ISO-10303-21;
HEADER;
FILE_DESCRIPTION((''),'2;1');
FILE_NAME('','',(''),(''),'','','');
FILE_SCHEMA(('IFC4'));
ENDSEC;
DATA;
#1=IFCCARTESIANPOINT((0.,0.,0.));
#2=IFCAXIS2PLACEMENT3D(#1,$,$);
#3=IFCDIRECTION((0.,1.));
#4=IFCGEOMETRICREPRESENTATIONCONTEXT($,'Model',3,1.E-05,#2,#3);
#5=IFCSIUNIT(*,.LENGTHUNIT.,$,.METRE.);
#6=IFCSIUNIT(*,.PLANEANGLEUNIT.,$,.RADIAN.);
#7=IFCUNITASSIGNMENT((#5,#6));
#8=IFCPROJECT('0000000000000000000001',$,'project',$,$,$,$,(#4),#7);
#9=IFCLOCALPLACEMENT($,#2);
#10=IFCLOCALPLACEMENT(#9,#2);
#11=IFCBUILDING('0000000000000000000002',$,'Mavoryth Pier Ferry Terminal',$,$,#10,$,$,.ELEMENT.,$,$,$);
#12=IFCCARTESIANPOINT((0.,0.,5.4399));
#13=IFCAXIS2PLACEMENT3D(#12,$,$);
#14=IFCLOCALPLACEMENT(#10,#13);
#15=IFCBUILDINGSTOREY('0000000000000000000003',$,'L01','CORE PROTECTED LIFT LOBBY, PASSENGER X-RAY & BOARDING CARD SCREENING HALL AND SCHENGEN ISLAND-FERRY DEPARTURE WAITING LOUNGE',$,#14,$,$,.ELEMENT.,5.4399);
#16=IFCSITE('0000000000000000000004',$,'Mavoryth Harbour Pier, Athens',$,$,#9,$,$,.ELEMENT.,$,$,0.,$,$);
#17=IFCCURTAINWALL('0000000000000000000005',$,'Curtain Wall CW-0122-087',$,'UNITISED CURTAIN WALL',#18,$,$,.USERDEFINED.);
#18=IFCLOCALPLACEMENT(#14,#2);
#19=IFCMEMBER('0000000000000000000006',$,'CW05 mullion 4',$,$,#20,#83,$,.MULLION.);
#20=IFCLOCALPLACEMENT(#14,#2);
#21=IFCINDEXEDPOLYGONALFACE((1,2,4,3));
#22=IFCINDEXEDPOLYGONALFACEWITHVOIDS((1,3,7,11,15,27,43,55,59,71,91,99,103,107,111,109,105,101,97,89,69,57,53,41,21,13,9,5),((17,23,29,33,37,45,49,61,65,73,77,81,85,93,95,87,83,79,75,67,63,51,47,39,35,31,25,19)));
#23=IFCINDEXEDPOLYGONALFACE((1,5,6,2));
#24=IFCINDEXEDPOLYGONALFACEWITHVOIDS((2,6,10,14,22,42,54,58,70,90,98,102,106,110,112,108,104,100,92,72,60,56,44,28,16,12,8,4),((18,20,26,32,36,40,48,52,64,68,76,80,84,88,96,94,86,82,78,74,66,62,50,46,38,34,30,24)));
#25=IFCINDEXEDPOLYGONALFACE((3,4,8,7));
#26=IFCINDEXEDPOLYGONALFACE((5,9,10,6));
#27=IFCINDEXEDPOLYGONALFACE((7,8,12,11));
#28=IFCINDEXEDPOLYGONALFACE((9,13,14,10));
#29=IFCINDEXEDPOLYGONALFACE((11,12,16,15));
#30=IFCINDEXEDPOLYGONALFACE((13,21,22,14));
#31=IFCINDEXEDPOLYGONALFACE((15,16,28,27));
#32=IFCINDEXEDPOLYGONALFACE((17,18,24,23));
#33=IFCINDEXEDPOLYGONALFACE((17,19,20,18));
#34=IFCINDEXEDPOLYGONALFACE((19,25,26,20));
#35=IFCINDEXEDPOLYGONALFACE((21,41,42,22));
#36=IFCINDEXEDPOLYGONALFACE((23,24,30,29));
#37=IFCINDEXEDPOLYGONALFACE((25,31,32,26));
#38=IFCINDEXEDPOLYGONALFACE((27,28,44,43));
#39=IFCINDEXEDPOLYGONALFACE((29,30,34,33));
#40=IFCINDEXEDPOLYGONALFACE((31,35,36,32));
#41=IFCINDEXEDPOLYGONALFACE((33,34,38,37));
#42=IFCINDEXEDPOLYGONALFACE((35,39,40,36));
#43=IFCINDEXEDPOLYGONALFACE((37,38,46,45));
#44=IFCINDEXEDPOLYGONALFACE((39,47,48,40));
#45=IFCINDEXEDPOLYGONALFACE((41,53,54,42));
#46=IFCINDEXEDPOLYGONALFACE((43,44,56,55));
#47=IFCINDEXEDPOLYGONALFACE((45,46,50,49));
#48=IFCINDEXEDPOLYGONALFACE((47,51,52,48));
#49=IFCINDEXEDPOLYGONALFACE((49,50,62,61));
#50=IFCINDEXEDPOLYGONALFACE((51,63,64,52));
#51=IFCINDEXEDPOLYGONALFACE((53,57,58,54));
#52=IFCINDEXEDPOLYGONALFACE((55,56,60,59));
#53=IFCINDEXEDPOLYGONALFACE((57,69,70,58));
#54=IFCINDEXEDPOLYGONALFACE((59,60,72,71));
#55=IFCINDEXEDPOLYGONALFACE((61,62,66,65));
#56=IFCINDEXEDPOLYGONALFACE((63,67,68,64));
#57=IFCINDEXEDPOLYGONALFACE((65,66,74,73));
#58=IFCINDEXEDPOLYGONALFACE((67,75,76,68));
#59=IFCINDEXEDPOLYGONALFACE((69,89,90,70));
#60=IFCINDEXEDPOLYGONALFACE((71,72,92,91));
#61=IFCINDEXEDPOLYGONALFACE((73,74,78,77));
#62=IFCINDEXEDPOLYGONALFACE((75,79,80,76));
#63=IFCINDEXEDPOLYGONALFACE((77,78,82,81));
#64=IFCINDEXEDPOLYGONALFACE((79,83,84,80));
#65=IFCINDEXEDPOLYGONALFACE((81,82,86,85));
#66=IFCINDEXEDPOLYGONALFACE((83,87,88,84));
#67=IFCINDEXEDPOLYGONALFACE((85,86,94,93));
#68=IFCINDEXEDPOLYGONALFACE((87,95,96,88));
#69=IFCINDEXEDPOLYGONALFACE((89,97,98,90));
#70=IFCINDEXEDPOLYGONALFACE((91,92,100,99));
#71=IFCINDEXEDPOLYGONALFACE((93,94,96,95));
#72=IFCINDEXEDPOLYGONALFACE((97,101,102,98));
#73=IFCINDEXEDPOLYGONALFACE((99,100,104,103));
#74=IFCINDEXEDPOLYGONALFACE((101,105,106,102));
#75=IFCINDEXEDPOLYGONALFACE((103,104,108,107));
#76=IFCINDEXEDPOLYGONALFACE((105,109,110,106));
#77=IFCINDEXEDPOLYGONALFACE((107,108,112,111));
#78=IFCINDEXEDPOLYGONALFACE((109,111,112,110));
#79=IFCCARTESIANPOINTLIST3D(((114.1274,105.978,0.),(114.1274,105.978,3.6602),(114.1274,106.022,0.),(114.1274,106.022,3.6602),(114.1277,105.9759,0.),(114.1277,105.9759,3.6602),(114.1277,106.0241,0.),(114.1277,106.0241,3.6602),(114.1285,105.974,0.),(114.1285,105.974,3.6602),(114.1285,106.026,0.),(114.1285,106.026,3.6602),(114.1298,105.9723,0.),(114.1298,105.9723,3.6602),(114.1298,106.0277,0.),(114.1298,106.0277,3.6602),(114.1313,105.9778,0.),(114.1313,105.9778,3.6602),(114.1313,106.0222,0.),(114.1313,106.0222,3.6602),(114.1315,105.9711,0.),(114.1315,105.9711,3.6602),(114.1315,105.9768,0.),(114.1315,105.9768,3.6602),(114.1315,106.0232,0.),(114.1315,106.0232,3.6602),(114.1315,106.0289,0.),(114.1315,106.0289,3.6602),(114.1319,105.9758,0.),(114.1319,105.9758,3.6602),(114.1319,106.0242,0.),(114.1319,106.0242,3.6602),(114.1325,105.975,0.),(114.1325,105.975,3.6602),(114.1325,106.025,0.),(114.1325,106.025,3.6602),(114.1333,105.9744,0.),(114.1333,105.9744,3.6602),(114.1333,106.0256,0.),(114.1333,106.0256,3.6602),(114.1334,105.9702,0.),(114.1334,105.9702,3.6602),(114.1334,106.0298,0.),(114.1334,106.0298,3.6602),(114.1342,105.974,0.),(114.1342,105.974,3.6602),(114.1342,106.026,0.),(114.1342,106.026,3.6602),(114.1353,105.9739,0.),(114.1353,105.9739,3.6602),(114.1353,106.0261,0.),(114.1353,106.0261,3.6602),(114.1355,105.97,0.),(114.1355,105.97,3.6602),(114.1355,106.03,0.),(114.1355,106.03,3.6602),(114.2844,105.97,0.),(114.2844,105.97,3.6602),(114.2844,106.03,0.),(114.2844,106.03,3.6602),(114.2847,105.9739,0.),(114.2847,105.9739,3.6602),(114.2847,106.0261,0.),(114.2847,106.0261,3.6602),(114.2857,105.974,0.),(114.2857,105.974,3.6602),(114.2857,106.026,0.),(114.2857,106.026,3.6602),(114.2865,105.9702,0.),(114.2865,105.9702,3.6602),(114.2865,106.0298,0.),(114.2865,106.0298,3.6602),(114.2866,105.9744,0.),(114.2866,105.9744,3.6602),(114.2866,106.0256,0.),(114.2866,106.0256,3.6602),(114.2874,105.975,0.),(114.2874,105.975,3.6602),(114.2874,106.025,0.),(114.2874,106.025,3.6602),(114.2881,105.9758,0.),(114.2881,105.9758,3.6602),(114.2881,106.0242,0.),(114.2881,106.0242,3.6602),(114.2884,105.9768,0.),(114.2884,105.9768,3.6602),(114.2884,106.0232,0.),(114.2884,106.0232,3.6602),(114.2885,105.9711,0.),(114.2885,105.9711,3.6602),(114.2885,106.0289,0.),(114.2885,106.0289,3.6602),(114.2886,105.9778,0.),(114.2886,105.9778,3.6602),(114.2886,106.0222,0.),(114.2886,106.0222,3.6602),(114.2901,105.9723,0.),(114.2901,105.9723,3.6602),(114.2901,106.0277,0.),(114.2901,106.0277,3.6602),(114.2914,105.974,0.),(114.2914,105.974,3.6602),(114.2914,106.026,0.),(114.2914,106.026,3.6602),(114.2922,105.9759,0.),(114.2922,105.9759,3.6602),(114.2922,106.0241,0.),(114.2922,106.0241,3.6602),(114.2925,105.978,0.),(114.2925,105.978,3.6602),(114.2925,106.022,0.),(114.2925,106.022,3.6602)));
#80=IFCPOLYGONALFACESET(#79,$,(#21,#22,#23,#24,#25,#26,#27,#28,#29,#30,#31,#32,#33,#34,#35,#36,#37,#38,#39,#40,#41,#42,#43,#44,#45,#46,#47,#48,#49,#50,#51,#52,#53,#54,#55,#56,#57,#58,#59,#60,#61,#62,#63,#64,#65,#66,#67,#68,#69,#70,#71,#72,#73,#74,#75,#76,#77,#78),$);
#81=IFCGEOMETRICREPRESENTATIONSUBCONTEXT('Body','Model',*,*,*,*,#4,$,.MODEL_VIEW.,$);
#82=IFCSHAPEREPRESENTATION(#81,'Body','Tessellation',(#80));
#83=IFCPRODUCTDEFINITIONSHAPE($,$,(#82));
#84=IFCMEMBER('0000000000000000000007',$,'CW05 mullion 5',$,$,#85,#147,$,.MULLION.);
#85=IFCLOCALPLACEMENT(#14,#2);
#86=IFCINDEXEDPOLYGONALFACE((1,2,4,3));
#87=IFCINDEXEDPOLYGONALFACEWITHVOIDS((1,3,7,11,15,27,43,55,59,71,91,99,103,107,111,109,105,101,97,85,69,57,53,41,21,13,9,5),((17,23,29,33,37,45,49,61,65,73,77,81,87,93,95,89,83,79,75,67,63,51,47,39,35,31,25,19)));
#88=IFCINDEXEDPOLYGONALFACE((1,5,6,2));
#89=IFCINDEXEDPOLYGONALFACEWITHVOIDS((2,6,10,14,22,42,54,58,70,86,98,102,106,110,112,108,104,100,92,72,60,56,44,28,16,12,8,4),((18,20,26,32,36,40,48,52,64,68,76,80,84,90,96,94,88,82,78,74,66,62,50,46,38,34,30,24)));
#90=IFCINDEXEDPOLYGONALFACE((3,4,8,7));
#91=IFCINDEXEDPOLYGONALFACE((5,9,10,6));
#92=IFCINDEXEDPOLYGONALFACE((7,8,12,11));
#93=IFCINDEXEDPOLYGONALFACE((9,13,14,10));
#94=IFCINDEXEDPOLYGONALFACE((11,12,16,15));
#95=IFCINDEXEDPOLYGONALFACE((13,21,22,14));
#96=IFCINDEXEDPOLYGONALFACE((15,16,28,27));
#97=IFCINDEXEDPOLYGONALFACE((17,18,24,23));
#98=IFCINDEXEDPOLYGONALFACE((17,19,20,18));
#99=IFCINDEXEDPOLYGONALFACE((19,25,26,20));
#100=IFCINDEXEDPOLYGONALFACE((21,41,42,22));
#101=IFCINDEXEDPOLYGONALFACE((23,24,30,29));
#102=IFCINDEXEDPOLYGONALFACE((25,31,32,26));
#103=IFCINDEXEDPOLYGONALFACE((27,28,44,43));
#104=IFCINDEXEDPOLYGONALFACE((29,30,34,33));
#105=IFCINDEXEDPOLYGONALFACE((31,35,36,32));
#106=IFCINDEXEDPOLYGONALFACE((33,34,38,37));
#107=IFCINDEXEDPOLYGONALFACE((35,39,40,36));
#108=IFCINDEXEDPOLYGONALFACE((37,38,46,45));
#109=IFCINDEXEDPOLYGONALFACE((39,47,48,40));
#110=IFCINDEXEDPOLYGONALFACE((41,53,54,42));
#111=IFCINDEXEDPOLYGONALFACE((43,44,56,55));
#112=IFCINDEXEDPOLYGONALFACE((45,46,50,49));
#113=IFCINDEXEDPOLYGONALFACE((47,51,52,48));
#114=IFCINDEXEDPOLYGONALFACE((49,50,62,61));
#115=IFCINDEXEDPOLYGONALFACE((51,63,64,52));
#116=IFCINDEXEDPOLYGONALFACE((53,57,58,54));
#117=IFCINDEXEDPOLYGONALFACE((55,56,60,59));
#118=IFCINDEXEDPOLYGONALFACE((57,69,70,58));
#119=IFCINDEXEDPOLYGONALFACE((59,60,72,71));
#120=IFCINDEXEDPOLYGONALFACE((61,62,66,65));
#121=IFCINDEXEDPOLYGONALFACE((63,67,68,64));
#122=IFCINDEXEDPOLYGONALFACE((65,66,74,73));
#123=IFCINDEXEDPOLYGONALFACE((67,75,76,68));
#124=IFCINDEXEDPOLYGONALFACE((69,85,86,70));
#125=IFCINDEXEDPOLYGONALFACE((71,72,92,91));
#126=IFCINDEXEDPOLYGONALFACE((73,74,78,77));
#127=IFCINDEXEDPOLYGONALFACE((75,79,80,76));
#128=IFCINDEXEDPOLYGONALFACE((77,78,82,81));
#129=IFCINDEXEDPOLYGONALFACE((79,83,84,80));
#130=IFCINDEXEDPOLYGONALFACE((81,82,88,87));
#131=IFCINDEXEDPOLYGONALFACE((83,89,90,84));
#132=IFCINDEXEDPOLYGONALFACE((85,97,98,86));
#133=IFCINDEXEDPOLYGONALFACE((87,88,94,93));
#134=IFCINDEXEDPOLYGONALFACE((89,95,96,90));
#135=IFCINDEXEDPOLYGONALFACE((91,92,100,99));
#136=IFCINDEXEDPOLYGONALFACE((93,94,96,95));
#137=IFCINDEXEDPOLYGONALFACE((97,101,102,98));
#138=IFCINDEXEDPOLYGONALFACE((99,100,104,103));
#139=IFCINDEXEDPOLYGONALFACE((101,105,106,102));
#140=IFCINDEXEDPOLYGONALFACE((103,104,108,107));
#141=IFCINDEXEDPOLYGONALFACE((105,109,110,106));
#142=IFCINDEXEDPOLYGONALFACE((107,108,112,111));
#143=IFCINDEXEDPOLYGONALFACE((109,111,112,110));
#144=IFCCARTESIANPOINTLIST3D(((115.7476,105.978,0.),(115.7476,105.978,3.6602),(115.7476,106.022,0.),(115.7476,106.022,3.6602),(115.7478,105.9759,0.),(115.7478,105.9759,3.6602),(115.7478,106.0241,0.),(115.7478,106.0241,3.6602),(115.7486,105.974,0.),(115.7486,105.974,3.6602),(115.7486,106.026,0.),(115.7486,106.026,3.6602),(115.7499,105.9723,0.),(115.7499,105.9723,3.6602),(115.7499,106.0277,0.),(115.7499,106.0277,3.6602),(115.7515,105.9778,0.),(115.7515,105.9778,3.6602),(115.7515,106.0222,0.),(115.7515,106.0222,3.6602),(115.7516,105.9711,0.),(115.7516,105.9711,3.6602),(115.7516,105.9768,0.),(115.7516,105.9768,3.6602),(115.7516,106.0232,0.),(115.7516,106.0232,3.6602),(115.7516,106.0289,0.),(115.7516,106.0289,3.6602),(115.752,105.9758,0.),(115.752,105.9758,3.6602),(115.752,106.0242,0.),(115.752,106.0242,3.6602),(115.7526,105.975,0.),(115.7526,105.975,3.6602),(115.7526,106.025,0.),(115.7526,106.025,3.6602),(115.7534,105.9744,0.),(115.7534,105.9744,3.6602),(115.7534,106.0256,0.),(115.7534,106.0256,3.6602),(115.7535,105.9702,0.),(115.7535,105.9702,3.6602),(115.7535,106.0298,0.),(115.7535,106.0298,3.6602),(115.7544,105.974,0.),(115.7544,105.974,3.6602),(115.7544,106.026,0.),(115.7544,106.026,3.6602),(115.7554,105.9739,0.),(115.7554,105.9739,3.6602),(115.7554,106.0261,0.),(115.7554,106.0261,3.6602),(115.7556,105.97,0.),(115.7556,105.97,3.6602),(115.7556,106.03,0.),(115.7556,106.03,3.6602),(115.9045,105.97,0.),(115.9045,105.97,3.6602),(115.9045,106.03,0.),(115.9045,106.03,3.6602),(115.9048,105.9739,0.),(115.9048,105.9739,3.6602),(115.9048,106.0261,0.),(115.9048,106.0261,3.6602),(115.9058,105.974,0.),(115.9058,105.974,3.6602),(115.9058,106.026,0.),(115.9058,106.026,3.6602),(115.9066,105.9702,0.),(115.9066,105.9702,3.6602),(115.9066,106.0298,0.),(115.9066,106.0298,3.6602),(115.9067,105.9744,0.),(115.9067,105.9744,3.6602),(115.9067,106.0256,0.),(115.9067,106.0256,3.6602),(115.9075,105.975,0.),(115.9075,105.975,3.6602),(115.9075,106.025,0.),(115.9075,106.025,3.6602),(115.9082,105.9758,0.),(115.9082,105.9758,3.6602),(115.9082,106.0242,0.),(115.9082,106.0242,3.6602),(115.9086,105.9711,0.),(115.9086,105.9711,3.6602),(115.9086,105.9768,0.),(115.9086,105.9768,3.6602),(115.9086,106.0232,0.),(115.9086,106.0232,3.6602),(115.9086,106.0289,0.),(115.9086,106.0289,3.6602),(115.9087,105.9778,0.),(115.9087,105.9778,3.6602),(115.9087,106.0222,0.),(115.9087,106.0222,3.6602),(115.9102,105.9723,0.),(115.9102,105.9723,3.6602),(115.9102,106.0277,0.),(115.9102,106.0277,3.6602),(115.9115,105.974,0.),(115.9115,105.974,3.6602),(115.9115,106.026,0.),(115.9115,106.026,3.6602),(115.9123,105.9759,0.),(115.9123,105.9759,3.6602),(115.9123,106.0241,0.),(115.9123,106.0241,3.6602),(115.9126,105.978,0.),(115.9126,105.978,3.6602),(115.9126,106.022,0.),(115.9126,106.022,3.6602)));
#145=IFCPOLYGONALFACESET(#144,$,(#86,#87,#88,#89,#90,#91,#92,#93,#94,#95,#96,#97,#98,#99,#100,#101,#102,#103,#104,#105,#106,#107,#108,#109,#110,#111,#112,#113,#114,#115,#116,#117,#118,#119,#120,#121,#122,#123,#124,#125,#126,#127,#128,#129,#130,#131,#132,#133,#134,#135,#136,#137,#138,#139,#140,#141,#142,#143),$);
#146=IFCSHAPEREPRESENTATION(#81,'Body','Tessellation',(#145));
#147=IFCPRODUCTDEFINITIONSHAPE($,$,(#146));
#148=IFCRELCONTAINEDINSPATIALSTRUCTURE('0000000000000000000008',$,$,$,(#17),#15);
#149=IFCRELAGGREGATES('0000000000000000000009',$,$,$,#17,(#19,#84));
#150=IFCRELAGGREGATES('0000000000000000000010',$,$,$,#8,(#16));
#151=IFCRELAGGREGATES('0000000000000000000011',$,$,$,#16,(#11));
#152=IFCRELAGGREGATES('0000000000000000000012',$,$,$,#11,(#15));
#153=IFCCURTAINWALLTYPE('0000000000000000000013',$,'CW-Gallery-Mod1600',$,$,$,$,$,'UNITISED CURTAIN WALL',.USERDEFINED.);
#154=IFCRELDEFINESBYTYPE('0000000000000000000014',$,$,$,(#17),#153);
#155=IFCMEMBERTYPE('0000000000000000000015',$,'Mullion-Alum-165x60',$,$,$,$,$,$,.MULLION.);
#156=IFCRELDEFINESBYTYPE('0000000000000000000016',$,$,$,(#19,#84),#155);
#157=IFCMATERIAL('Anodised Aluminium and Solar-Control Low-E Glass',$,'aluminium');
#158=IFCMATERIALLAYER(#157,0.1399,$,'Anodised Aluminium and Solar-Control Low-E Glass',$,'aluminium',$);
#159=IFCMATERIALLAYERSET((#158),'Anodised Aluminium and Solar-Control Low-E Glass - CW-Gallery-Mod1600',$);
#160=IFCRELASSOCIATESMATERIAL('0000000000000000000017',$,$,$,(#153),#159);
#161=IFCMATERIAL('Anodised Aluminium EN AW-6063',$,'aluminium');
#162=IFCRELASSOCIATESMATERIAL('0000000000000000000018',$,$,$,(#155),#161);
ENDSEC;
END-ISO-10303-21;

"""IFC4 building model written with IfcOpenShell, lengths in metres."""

from ifc_helpers import new_model, si_unit, direction, frame, origin, origin_2d, place, context, subcontext, project, spatial, hollow_rectangle, extrude, material, layer, layer_set, material_profile, profile_set, type_object, element, aggregate, save


model = new_model("IFC4")

# Units and contexts
model_context = context("Model", 3, precision=1e-05, world=origin(), true_north=direction((0.0, 1.0)))
body_context = subcontext(model_context, "Body", "Model", "MODEL_VIEW")
ifc_project = project(units=[si_unit("LENGTHUNIT", "METRE"), si_unit("PLANEANGLEUNIT", "RADIAN")], contexts=[model_context])

# Site, building, storey
site_placement = place(None, origin())
site = spatial("IfcSite", under=ifc_project, at=site_placement, Name="Mavoryth Harbour Pier, Athens", CompositionType="ELEMENT", RefElevation=0.0)
building_placement = place(site_placement, origin())
building = spatial("IfcBuilding", under=site, at=building_placement, Name="Mavoryth Pier Ferry Terminal", CompositionType="ELEMENT")
storey_placement = place(building_placement, frame((0.0, 0.0, 5.4399)))
storey = spatial("IfcBuildingStorey", under=building, at=storey_placement, Name="L01", Description="CORE PROTECTED LIFT LOBBY, PASSENGER X-RAY & BOARDING CARD SCREENING HALL AND SCHENGEN ISLAND-FERRY DEPARTURE WAITING LOUNGE", CompositionType="ELEMENT", Elevation=5.4399)

# Curtain wall, members
ifc_material_1 = material(Name="Anodised Aluminium and Solar-Control Low-E Glass", Category="aluminium")
ifc_layer_1 = layer(ifc_material_1, 0.1399, Name="Anodised Aluminium and Solar-Control Low-E Glass", Category="aluminium")
ifc_layer_set_1 = layer_set([ifc_layer_1], Name="Anodised Aluminium and Solar-Control Low-E Glass - CW-Gallery-Mod1600")
curtain_wall_type = type_object("IfcCurtainWallType", Name="CW-Gallery-Mod1600", ElementType="UNITISED CURTAIN WALL", PredefinedType="USERDEFINED", material=ifc_layer_set_1)
curtain_wall_1_placement = place(storey_placement, origin())
curtain_wall_1 = element("IfcCurtainWall", 1, at=curtain_wall_1_placement, inside=storey, type_object=curtain_wall_type, Name="Curtain Wall CW-0122-087", ObjectType="UNITISED CURTAIN WALL", PredefinedType="USERDEFINED")
ifc_material_2 = material(Name="Anodised Aluminium EN AW-6063", Category="aluminium")
ifc_material_profile_1 = material_profile(ifc_material_2, hollow_rectangle(XDim=0.0601, YDim=0.165, WallThickness=0.0039, InnerFilletRadius=0.0039, OuterFilletRadius=0.0081, at=origin_2d()), Name="AL-MULL 165x60x4", Category="aluminium")
ifc_profile_set_1 = profile_set([ifc_material_profile_1], Name="Anodised Aluminium EN AW-6063 - AL-MULL 165x60x4")
member_type_1 = type_object("IfcMemberType", Name="Mullion-Alum-165x60", PredefinedType="MULLION", material=ifc_profile_set_1)
member_1_placement = place(storey_placement, frame((114.21, 106.0, 0.0), z_axis=(0.0, 0.0, 1.0), x_axis=(0.0, 1.0, 0.0)))
member_1 = element("IfcMember", 2, at=member_1_placement, type_object=member_type_1, Name="CW05 mullion 4", PredefinedType="MULLION", context=body_context, shape_type="SweptSolid", body=[
    extrude(hollow_rectangle(XDim=0.0601, YDim=0.165, WallThickness=0.0039, InnerFilletRadius=0.0039, OuterFilletRadius=0.0081, at=origin_2d()), origin(), (0.0, 0.0, 1.0), 3.6602),
])
member_2_placement = place(storey_placement, frame((115.8301, 106.0, 0.0), z_axis=(0.0, 0.0, 1.0), x_axis=(0.0, 1.0, 0.0)))
member_2 = element("IfcMember", 3, at=member_2_placement, type_object=member_type_1, Name="CW05 mullion 5", PredefinedType="MULLION", context=body_context, shape_type="SweptSolid", body=[
    extrude(hollow_rectangle(XDim=0.0601, YDim=0.165, WallThickness=0.0039, InnerFilletRadius=0.0039, OuterFilletRadius=0.0081, at=origin_2d()), origin(), (0.0, 0.0, 1.0), 3.6602),
])

aggregate(curtain_wall_1, [member_1, member_2])

save(model, "model.ifc")
